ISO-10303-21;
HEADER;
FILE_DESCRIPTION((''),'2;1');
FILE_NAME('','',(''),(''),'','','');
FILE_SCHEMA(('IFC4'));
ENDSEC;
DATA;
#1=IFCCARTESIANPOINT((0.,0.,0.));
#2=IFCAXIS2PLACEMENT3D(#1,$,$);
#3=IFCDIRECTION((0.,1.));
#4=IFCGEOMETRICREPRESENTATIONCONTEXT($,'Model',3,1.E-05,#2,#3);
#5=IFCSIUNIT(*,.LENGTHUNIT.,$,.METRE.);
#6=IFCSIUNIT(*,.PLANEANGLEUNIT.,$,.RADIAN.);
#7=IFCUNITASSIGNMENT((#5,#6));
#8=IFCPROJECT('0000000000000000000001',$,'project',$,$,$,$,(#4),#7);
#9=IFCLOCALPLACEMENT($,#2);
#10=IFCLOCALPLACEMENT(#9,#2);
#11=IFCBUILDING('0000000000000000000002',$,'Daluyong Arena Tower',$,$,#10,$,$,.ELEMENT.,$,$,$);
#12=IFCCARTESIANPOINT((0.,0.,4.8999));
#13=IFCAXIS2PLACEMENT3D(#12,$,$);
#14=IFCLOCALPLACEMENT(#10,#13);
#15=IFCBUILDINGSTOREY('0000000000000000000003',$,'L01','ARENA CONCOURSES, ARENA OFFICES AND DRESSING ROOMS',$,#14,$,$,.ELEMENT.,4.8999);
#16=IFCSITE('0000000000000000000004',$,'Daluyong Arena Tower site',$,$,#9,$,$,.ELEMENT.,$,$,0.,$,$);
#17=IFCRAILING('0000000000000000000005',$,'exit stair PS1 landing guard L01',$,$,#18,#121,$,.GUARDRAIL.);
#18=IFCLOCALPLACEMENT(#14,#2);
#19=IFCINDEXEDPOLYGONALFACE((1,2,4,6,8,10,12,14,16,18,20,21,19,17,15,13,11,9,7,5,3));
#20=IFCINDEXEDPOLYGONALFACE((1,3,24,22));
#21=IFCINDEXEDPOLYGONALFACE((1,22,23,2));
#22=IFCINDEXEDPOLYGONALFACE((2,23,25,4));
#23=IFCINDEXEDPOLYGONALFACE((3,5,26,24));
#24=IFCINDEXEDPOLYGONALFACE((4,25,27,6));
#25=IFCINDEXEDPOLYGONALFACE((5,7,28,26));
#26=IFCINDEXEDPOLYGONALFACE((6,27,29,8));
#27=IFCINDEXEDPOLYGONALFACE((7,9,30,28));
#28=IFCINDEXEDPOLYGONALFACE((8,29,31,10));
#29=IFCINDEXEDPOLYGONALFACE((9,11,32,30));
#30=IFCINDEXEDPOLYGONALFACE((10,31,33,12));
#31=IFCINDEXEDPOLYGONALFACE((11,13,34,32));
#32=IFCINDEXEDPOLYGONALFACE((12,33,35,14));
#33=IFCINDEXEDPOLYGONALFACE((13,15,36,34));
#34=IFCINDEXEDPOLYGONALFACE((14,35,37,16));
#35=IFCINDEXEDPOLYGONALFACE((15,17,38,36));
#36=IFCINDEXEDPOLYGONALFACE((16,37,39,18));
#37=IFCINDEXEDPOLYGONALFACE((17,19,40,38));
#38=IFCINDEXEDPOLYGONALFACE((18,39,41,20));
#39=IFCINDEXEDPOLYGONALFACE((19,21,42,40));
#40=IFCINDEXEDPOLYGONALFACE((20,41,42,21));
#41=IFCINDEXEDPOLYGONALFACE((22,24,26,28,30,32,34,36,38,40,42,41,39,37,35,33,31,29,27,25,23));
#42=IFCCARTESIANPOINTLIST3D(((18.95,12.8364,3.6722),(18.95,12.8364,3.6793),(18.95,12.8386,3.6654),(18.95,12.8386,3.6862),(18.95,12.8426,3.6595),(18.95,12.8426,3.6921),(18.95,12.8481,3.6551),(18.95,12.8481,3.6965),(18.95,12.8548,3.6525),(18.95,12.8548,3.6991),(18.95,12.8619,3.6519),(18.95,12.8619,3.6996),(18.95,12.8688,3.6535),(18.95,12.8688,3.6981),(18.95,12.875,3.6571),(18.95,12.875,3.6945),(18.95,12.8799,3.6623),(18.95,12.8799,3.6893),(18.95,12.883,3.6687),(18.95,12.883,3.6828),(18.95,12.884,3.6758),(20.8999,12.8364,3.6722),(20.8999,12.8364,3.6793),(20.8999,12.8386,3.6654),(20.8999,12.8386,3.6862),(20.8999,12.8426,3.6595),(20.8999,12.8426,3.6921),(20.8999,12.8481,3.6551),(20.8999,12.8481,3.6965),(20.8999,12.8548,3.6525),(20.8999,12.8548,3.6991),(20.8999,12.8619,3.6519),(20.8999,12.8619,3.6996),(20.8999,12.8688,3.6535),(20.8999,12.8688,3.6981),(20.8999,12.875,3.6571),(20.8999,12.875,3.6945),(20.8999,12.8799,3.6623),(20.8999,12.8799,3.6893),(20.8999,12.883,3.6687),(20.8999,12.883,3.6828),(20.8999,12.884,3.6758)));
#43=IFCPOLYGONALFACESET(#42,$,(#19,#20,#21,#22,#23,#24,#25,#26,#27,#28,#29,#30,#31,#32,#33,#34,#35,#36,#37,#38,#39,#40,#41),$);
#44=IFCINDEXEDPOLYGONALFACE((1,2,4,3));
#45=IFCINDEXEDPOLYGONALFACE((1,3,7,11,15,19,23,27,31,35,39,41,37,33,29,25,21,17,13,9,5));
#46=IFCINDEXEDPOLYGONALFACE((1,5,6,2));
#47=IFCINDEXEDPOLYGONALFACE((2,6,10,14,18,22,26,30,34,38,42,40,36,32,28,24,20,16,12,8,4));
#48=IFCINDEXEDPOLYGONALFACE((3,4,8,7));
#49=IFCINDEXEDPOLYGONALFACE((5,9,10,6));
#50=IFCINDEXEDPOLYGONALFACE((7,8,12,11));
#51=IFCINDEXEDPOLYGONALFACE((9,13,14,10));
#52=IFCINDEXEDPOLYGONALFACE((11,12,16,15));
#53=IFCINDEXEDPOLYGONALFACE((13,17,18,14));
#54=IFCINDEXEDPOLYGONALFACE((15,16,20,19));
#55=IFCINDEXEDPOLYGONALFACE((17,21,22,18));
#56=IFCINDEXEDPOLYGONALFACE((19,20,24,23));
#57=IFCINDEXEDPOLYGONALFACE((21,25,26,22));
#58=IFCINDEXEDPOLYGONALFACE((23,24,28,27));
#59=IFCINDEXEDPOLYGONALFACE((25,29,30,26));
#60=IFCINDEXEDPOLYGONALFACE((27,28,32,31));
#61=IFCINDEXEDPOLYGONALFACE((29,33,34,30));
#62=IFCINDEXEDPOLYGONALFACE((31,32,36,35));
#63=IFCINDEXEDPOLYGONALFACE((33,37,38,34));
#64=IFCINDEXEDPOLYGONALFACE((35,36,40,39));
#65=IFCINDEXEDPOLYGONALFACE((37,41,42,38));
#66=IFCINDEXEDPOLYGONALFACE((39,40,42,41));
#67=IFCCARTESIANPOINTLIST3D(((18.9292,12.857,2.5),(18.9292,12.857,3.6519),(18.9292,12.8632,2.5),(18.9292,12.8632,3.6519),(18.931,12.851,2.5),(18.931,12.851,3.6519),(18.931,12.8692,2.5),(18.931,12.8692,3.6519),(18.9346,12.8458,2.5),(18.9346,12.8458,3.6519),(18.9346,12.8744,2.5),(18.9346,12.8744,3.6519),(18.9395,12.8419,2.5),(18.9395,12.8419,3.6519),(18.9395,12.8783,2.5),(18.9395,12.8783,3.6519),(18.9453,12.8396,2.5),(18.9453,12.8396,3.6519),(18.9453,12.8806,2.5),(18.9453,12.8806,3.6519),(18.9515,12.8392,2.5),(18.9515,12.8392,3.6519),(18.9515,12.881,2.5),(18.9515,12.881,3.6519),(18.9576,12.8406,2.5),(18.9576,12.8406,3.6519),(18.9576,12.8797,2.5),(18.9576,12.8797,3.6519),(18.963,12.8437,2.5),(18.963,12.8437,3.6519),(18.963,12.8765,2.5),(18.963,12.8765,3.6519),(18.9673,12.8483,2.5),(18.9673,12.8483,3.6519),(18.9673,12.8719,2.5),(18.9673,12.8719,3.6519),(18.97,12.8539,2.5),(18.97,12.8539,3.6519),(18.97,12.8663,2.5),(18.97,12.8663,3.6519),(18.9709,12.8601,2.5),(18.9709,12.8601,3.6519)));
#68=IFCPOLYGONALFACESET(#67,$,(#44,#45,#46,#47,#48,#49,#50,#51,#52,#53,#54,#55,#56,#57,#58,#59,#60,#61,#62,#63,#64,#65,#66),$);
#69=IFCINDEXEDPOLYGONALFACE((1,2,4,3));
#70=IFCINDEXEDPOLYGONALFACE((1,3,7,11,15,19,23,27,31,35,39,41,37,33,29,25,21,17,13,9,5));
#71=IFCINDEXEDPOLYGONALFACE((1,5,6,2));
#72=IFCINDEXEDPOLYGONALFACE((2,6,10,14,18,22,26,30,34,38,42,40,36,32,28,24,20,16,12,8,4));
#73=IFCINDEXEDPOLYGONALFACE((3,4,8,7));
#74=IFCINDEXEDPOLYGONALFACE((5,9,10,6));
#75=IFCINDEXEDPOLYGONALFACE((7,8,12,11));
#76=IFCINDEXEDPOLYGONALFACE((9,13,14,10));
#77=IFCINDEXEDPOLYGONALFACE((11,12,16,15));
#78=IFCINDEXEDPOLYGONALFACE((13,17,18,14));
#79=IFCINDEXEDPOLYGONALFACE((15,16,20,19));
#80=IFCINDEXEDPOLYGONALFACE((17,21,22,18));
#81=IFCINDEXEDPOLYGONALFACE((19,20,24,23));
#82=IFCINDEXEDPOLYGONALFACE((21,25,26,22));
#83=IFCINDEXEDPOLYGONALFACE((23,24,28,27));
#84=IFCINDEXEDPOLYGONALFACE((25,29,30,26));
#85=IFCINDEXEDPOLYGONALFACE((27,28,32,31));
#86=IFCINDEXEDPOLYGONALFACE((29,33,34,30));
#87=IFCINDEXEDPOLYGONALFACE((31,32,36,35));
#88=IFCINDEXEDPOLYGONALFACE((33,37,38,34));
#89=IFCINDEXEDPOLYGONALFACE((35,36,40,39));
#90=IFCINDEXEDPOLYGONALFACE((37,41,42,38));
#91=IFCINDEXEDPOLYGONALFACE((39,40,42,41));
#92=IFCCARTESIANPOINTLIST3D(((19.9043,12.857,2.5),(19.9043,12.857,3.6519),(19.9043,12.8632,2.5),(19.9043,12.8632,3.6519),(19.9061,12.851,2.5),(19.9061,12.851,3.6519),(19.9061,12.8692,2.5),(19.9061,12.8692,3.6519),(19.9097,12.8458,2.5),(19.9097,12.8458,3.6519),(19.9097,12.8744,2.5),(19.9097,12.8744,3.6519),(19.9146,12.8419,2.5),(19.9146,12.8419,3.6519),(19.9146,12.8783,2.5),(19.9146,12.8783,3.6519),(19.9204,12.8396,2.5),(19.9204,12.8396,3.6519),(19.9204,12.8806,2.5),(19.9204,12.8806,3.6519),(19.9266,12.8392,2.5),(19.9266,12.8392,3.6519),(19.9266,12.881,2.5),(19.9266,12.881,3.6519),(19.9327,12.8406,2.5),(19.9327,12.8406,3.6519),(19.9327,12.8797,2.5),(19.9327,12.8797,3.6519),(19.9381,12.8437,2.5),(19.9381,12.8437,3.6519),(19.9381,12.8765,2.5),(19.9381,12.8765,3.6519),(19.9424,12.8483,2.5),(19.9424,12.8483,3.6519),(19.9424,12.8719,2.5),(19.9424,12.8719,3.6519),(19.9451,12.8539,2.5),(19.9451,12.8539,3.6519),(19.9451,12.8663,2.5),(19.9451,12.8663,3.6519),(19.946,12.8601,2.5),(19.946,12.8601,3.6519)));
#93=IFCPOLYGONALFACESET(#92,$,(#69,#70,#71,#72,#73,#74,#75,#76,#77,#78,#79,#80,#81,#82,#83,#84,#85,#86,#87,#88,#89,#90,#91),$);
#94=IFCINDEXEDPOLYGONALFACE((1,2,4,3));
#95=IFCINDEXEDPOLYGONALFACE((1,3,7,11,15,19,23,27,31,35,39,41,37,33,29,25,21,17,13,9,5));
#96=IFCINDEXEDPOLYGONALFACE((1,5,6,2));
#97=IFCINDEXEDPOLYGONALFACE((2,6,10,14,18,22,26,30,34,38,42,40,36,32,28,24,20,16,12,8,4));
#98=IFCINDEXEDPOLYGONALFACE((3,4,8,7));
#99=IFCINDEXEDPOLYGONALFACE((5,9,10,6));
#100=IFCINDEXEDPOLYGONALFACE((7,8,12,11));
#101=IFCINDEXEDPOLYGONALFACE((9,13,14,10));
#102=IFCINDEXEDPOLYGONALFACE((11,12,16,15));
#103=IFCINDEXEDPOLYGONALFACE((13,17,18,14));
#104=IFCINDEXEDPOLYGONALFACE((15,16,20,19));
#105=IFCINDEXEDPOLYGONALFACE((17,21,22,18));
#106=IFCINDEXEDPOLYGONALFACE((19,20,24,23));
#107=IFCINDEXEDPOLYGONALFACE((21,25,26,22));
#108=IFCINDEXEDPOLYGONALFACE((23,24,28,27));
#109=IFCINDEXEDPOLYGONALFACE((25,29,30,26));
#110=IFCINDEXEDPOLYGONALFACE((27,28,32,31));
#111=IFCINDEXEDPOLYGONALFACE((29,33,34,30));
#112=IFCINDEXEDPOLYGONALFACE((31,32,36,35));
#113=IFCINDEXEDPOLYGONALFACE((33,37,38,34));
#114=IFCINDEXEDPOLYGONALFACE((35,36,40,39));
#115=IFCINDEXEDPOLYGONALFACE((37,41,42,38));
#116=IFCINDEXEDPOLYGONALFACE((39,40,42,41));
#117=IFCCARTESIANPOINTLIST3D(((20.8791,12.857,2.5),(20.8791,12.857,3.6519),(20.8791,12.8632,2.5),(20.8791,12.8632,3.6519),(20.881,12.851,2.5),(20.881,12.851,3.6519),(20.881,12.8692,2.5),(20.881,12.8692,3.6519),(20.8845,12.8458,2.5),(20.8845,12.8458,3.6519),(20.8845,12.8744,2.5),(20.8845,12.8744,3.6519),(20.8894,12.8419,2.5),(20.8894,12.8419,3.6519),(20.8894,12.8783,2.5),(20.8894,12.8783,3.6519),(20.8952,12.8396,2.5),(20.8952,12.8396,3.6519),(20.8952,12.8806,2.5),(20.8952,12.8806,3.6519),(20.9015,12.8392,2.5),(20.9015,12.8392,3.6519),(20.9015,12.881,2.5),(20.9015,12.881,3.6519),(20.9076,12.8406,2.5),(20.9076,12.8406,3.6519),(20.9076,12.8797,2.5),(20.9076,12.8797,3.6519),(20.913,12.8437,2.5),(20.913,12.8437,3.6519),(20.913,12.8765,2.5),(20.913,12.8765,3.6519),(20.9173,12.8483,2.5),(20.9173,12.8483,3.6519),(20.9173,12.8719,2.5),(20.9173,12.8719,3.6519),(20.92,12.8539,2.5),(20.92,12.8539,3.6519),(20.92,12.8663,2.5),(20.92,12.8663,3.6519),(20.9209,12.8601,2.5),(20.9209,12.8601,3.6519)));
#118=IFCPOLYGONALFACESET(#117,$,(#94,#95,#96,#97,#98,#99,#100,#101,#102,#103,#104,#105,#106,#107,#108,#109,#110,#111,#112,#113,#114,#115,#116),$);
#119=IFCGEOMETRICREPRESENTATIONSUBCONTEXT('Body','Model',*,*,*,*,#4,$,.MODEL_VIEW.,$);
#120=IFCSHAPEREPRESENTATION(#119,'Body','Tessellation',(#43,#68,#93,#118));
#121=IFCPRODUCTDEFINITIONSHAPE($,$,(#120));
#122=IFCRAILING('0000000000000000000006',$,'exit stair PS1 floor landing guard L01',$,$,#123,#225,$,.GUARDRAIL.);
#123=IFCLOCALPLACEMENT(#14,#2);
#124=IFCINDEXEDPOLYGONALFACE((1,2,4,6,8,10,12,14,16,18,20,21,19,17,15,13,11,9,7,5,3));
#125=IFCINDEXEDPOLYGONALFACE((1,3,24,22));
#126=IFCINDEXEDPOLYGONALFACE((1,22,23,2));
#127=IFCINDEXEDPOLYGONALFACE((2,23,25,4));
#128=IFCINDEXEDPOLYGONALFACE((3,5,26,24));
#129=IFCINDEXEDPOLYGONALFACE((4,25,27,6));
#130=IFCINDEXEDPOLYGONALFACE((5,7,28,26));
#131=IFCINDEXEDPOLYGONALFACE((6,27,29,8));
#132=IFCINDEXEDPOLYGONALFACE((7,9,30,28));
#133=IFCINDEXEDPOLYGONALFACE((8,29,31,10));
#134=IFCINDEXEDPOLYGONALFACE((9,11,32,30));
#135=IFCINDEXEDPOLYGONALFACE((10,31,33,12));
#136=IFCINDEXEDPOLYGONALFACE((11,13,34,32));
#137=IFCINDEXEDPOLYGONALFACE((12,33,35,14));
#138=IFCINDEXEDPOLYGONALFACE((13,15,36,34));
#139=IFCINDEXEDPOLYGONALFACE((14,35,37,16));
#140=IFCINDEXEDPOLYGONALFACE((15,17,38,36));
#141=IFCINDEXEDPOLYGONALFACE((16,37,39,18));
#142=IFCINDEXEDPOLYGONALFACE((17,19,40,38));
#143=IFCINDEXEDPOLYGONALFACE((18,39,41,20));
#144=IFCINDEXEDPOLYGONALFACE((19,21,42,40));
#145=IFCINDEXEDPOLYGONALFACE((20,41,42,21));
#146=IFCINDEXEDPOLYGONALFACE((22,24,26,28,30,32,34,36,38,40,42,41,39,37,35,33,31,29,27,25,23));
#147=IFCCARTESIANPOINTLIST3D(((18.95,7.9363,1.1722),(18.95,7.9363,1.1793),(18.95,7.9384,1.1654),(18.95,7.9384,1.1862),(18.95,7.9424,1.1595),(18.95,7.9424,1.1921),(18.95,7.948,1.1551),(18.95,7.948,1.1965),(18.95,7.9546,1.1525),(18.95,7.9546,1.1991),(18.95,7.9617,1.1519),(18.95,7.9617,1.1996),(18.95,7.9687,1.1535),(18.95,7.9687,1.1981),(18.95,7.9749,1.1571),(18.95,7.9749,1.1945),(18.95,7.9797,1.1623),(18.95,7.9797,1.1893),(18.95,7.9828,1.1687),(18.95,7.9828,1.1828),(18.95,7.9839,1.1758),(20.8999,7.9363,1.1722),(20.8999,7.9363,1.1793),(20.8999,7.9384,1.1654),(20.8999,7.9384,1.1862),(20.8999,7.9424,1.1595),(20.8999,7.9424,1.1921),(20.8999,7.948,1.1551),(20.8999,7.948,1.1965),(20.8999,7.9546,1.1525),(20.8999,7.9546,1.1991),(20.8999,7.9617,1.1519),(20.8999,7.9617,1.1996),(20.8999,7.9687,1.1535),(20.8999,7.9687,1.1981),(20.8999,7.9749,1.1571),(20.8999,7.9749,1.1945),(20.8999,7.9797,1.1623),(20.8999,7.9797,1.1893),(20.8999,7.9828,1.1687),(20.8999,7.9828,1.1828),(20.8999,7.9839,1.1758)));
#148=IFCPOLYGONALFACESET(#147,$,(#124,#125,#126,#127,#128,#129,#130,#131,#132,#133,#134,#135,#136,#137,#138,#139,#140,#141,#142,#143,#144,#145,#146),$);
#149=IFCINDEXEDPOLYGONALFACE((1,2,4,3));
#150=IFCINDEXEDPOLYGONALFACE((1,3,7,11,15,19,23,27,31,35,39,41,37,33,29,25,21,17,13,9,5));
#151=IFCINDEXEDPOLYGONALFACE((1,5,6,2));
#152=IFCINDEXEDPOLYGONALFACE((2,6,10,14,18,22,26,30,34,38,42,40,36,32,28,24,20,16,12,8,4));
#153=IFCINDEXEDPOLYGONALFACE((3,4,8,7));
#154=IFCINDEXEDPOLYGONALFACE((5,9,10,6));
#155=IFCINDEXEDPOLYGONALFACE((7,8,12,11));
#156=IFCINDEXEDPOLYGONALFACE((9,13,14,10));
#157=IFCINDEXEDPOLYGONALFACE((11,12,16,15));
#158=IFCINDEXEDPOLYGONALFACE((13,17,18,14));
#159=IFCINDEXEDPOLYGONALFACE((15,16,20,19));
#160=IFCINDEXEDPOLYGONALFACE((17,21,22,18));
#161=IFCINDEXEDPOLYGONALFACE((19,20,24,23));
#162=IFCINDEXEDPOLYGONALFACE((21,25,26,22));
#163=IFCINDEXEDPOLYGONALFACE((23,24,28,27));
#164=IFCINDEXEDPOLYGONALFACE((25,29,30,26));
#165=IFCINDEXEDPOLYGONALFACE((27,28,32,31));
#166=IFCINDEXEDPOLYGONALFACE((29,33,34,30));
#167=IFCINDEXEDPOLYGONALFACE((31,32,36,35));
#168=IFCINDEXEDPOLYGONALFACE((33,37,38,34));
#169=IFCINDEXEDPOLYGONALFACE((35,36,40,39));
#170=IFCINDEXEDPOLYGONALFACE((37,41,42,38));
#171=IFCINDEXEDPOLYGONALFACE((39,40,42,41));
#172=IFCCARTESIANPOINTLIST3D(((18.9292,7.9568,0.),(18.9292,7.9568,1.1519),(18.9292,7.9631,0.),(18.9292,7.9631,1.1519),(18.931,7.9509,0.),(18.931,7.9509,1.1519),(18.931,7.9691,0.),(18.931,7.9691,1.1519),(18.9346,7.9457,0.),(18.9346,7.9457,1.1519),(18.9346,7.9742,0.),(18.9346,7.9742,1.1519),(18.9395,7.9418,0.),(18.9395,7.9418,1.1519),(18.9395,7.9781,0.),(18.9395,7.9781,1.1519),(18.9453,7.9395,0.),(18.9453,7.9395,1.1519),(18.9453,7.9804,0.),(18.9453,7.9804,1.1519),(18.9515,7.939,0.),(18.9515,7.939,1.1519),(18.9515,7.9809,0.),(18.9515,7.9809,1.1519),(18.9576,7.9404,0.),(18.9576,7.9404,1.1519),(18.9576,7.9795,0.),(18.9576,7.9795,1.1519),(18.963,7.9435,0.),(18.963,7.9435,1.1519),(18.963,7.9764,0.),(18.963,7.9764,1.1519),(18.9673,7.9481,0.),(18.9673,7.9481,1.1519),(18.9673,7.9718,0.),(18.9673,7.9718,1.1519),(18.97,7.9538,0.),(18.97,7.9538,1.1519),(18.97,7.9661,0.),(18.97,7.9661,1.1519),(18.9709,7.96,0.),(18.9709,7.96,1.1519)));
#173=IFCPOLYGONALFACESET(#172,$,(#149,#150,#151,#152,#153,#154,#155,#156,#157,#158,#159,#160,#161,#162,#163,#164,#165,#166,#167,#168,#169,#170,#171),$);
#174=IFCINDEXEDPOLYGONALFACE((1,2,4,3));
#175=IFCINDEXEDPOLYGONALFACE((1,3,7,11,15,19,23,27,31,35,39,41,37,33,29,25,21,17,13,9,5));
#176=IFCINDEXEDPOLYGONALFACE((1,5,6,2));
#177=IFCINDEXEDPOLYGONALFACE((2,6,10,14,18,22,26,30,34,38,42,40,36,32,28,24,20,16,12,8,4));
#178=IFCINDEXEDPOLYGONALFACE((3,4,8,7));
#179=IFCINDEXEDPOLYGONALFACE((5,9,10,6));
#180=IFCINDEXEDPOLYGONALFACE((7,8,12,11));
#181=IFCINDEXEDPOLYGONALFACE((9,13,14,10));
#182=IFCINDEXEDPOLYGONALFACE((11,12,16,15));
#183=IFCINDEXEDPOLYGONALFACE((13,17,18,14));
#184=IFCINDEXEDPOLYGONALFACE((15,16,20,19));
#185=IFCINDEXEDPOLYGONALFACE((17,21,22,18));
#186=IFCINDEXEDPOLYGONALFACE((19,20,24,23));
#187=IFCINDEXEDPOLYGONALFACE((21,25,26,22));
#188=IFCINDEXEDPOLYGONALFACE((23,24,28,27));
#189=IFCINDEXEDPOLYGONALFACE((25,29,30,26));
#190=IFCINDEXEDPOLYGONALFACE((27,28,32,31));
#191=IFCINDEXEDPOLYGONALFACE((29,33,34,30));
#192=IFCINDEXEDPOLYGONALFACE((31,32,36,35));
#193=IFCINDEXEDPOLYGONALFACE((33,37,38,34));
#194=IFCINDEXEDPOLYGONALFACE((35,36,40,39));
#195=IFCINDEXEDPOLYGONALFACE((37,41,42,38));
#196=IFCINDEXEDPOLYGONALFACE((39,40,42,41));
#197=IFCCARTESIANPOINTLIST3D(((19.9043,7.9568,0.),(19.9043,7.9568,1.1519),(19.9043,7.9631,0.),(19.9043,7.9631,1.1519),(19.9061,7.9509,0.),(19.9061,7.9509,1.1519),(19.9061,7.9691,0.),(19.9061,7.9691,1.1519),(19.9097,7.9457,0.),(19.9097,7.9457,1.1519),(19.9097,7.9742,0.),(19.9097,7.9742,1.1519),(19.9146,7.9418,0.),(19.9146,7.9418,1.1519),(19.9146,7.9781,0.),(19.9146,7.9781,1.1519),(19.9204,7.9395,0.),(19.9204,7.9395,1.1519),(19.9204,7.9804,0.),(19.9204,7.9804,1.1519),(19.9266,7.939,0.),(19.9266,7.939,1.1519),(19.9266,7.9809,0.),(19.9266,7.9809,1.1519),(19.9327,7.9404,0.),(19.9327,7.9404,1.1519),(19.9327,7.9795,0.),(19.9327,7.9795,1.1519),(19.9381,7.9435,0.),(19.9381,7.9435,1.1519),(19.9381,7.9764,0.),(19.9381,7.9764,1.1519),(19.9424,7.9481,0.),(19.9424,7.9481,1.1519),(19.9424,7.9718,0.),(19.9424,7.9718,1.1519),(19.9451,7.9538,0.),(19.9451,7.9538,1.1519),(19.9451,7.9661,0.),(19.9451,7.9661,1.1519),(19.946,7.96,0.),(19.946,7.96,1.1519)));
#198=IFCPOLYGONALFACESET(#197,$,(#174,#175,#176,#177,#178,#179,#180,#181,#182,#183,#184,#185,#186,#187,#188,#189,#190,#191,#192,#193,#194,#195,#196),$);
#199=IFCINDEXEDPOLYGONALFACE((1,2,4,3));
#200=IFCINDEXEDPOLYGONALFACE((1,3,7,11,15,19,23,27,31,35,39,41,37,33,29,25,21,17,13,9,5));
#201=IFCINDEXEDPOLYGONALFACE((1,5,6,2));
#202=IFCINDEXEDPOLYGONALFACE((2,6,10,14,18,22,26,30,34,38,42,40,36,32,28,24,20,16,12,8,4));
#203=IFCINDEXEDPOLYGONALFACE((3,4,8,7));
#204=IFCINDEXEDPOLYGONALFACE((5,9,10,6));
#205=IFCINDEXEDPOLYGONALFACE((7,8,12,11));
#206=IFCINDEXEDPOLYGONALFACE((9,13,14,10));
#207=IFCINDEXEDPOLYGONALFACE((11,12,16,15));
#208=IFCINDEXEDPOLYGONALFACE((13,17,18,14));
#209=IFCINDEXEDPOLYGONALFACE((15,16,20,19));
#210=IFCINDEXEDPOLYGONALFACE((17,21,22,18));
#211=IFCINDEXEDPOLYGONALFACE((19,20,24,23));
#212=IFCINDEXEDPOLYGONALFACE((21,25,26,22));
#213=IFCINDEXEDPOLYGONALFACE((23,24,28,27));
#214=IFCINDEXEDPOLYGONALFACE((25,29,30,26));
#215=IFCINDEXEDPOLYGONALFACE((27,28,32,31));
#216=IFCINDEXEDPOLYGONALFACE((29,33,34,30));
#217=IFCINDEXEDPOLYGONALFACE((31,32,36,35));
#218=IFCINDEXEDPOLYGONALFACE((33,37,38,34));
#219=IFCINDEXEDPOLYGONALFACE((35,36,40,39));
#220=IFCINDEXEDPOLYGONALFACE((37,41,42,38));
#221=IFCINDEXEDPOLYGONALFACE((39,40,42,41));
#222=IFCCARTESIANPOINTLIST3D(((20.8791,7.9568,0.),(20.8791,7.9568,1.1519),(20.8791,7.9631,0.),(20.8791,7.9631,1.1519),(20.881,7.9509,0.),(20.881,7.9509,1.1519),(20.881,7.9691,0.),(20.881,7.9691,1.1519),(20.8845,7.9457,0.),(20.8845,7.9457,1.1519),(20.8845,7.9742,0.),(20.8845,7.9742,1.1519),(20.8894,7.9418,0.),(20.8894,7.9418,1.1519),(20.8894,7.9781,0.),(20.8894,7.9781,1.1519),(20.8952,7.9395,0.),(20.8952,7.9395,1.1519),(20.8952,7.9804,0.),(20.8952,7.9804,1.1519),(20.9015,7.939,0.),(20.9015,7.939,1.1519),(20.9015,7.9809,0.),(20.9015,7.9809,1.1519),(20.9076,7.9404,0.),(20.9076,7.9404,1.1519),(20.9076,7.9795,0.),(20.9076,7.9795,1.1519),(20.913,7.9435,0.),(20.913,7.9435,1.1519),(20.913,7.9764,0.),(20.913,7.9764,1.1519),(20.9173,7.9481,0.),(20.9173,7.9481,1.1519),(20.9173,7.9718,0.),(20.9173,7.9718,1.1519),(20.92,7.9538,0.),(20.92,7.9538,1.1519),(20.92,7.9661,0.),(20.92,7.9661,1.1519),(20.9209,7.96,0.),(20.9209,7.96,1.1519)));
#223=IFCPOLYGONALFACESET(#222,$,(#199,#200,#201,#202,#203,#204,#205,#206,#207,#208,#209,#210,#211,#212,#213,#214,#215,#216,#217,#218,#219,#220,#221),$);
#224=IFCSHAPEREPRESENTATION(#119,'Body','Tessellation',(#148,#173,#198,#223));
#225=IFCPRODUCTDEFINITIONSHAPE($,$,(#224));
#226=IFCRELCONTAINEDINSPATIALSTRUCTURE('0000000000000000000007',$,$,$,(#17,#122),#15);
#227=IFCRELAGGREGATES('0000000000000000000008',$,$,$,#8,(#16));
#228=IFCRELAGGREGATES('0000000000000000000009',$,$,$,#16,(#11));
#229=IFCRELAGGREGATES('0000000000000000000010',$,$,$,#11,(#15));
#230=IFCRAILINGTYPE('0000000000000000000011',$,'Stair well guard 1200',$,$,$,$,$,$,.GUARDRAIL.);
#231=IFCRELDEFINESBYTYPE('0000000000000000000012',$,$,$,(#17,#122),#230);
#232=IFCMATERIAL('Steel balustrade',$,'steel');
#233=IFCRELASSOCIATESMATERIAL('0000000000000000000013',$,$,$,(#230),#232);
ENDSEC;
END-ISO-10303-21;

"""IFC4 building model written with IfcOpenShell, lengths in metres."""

from ifc_helpers import new_model, si_unit, direction, frame, origin, origin_2d, place, context, subcontext, project, spatial, circle, extrude, material, type_object, element, save


model = new_model("IFC4")

# Units and contexts
model_context = context("Model", 3, precision=1e-05, world=origin(), true_north=direction((0.0, 1.0)))
body_context = subcontext(model_context, "Body", "Model", "MODEL_VIEW")
ifc_project = project(units=[si_unit("LENGTHUNIT", "METRE"), si_unit("PLANEANGLEUNIT", "RADIAN")], contexts=[model_context])

# Site, building, storey
site_placement = place(None, origin())
site = spatial("IfcSite", under=ifc_project, at=site_placement, Name="Daluyong Arena Tower site", CompositionType="ELEMENT", RefElevation=0.0)
building_placement = place(site_placement, origin())
building = spatial("IfcBuilding", under=site, at=building_placement, Name="Daluyong Arena Tower", CompositionType="ELEMENT")
storey_placement = place(building_placement, frame((0.0, 0.0, 4.8999)))
storey = spatial("IfcBuildingStorey", under=building, at=storey_placement, Name="L01", Description="ARENA CONCOURSES, ARENA OFFICES AND DRESSING ROOMS", CompositionType="ELEMENT", Elevation=4.8999)

# Railings
ifc_material_1 = material(Name="Steel balustrade", Category="steel")
railing_type_1 = type_object("IfcRailingType", Name="Stair well guard 1200", PredefinedType="GUARDRAIL", material=ifc_material_1)
for number, where, name in (
    (1, (18.95, 12.8601, 2.5), "exit stair PS1 landing guard L01"),
    (2, (18.95, 7.96, 0.0), "exit stair PS1 floor landing guard L01"),
):
    element("IfcRailing", number, at=place(storey_placement, frame(where)), inside=storey, type_object=railing_type_1, Name=name, PredefinedType="GUARDRAIL", context=body_context, shape_type="SweptSolid", body=[
        extrude(circle(Radius=0.0239, at=origin_2d()), frame((0.0, 0.0, 1.1758), z_axis=(1.0, 0.0, 0.0), x_axis=(0.0, 1.0, 0.0)), (0.0, 0.0, 1.0), 1.95),
        extrude(circle(Radius=0.021, at=origin_2d()), origin(), (0.0, 0.0, 1.0), 1.1519),
        extrude(circle(Radius=0.021, at=origin_2d()), frame((0.9751, 0.0, 0.0)), (0.0, 0.0, 1.0), 1.1519),
        extrude(circle(Radius=0.021, at=origin_2d()), frame((1.95, 0.0, 0.0)), (0.0, 0.0, 1.0), 1.1519),
    ])

save(model, "model.ifc")
